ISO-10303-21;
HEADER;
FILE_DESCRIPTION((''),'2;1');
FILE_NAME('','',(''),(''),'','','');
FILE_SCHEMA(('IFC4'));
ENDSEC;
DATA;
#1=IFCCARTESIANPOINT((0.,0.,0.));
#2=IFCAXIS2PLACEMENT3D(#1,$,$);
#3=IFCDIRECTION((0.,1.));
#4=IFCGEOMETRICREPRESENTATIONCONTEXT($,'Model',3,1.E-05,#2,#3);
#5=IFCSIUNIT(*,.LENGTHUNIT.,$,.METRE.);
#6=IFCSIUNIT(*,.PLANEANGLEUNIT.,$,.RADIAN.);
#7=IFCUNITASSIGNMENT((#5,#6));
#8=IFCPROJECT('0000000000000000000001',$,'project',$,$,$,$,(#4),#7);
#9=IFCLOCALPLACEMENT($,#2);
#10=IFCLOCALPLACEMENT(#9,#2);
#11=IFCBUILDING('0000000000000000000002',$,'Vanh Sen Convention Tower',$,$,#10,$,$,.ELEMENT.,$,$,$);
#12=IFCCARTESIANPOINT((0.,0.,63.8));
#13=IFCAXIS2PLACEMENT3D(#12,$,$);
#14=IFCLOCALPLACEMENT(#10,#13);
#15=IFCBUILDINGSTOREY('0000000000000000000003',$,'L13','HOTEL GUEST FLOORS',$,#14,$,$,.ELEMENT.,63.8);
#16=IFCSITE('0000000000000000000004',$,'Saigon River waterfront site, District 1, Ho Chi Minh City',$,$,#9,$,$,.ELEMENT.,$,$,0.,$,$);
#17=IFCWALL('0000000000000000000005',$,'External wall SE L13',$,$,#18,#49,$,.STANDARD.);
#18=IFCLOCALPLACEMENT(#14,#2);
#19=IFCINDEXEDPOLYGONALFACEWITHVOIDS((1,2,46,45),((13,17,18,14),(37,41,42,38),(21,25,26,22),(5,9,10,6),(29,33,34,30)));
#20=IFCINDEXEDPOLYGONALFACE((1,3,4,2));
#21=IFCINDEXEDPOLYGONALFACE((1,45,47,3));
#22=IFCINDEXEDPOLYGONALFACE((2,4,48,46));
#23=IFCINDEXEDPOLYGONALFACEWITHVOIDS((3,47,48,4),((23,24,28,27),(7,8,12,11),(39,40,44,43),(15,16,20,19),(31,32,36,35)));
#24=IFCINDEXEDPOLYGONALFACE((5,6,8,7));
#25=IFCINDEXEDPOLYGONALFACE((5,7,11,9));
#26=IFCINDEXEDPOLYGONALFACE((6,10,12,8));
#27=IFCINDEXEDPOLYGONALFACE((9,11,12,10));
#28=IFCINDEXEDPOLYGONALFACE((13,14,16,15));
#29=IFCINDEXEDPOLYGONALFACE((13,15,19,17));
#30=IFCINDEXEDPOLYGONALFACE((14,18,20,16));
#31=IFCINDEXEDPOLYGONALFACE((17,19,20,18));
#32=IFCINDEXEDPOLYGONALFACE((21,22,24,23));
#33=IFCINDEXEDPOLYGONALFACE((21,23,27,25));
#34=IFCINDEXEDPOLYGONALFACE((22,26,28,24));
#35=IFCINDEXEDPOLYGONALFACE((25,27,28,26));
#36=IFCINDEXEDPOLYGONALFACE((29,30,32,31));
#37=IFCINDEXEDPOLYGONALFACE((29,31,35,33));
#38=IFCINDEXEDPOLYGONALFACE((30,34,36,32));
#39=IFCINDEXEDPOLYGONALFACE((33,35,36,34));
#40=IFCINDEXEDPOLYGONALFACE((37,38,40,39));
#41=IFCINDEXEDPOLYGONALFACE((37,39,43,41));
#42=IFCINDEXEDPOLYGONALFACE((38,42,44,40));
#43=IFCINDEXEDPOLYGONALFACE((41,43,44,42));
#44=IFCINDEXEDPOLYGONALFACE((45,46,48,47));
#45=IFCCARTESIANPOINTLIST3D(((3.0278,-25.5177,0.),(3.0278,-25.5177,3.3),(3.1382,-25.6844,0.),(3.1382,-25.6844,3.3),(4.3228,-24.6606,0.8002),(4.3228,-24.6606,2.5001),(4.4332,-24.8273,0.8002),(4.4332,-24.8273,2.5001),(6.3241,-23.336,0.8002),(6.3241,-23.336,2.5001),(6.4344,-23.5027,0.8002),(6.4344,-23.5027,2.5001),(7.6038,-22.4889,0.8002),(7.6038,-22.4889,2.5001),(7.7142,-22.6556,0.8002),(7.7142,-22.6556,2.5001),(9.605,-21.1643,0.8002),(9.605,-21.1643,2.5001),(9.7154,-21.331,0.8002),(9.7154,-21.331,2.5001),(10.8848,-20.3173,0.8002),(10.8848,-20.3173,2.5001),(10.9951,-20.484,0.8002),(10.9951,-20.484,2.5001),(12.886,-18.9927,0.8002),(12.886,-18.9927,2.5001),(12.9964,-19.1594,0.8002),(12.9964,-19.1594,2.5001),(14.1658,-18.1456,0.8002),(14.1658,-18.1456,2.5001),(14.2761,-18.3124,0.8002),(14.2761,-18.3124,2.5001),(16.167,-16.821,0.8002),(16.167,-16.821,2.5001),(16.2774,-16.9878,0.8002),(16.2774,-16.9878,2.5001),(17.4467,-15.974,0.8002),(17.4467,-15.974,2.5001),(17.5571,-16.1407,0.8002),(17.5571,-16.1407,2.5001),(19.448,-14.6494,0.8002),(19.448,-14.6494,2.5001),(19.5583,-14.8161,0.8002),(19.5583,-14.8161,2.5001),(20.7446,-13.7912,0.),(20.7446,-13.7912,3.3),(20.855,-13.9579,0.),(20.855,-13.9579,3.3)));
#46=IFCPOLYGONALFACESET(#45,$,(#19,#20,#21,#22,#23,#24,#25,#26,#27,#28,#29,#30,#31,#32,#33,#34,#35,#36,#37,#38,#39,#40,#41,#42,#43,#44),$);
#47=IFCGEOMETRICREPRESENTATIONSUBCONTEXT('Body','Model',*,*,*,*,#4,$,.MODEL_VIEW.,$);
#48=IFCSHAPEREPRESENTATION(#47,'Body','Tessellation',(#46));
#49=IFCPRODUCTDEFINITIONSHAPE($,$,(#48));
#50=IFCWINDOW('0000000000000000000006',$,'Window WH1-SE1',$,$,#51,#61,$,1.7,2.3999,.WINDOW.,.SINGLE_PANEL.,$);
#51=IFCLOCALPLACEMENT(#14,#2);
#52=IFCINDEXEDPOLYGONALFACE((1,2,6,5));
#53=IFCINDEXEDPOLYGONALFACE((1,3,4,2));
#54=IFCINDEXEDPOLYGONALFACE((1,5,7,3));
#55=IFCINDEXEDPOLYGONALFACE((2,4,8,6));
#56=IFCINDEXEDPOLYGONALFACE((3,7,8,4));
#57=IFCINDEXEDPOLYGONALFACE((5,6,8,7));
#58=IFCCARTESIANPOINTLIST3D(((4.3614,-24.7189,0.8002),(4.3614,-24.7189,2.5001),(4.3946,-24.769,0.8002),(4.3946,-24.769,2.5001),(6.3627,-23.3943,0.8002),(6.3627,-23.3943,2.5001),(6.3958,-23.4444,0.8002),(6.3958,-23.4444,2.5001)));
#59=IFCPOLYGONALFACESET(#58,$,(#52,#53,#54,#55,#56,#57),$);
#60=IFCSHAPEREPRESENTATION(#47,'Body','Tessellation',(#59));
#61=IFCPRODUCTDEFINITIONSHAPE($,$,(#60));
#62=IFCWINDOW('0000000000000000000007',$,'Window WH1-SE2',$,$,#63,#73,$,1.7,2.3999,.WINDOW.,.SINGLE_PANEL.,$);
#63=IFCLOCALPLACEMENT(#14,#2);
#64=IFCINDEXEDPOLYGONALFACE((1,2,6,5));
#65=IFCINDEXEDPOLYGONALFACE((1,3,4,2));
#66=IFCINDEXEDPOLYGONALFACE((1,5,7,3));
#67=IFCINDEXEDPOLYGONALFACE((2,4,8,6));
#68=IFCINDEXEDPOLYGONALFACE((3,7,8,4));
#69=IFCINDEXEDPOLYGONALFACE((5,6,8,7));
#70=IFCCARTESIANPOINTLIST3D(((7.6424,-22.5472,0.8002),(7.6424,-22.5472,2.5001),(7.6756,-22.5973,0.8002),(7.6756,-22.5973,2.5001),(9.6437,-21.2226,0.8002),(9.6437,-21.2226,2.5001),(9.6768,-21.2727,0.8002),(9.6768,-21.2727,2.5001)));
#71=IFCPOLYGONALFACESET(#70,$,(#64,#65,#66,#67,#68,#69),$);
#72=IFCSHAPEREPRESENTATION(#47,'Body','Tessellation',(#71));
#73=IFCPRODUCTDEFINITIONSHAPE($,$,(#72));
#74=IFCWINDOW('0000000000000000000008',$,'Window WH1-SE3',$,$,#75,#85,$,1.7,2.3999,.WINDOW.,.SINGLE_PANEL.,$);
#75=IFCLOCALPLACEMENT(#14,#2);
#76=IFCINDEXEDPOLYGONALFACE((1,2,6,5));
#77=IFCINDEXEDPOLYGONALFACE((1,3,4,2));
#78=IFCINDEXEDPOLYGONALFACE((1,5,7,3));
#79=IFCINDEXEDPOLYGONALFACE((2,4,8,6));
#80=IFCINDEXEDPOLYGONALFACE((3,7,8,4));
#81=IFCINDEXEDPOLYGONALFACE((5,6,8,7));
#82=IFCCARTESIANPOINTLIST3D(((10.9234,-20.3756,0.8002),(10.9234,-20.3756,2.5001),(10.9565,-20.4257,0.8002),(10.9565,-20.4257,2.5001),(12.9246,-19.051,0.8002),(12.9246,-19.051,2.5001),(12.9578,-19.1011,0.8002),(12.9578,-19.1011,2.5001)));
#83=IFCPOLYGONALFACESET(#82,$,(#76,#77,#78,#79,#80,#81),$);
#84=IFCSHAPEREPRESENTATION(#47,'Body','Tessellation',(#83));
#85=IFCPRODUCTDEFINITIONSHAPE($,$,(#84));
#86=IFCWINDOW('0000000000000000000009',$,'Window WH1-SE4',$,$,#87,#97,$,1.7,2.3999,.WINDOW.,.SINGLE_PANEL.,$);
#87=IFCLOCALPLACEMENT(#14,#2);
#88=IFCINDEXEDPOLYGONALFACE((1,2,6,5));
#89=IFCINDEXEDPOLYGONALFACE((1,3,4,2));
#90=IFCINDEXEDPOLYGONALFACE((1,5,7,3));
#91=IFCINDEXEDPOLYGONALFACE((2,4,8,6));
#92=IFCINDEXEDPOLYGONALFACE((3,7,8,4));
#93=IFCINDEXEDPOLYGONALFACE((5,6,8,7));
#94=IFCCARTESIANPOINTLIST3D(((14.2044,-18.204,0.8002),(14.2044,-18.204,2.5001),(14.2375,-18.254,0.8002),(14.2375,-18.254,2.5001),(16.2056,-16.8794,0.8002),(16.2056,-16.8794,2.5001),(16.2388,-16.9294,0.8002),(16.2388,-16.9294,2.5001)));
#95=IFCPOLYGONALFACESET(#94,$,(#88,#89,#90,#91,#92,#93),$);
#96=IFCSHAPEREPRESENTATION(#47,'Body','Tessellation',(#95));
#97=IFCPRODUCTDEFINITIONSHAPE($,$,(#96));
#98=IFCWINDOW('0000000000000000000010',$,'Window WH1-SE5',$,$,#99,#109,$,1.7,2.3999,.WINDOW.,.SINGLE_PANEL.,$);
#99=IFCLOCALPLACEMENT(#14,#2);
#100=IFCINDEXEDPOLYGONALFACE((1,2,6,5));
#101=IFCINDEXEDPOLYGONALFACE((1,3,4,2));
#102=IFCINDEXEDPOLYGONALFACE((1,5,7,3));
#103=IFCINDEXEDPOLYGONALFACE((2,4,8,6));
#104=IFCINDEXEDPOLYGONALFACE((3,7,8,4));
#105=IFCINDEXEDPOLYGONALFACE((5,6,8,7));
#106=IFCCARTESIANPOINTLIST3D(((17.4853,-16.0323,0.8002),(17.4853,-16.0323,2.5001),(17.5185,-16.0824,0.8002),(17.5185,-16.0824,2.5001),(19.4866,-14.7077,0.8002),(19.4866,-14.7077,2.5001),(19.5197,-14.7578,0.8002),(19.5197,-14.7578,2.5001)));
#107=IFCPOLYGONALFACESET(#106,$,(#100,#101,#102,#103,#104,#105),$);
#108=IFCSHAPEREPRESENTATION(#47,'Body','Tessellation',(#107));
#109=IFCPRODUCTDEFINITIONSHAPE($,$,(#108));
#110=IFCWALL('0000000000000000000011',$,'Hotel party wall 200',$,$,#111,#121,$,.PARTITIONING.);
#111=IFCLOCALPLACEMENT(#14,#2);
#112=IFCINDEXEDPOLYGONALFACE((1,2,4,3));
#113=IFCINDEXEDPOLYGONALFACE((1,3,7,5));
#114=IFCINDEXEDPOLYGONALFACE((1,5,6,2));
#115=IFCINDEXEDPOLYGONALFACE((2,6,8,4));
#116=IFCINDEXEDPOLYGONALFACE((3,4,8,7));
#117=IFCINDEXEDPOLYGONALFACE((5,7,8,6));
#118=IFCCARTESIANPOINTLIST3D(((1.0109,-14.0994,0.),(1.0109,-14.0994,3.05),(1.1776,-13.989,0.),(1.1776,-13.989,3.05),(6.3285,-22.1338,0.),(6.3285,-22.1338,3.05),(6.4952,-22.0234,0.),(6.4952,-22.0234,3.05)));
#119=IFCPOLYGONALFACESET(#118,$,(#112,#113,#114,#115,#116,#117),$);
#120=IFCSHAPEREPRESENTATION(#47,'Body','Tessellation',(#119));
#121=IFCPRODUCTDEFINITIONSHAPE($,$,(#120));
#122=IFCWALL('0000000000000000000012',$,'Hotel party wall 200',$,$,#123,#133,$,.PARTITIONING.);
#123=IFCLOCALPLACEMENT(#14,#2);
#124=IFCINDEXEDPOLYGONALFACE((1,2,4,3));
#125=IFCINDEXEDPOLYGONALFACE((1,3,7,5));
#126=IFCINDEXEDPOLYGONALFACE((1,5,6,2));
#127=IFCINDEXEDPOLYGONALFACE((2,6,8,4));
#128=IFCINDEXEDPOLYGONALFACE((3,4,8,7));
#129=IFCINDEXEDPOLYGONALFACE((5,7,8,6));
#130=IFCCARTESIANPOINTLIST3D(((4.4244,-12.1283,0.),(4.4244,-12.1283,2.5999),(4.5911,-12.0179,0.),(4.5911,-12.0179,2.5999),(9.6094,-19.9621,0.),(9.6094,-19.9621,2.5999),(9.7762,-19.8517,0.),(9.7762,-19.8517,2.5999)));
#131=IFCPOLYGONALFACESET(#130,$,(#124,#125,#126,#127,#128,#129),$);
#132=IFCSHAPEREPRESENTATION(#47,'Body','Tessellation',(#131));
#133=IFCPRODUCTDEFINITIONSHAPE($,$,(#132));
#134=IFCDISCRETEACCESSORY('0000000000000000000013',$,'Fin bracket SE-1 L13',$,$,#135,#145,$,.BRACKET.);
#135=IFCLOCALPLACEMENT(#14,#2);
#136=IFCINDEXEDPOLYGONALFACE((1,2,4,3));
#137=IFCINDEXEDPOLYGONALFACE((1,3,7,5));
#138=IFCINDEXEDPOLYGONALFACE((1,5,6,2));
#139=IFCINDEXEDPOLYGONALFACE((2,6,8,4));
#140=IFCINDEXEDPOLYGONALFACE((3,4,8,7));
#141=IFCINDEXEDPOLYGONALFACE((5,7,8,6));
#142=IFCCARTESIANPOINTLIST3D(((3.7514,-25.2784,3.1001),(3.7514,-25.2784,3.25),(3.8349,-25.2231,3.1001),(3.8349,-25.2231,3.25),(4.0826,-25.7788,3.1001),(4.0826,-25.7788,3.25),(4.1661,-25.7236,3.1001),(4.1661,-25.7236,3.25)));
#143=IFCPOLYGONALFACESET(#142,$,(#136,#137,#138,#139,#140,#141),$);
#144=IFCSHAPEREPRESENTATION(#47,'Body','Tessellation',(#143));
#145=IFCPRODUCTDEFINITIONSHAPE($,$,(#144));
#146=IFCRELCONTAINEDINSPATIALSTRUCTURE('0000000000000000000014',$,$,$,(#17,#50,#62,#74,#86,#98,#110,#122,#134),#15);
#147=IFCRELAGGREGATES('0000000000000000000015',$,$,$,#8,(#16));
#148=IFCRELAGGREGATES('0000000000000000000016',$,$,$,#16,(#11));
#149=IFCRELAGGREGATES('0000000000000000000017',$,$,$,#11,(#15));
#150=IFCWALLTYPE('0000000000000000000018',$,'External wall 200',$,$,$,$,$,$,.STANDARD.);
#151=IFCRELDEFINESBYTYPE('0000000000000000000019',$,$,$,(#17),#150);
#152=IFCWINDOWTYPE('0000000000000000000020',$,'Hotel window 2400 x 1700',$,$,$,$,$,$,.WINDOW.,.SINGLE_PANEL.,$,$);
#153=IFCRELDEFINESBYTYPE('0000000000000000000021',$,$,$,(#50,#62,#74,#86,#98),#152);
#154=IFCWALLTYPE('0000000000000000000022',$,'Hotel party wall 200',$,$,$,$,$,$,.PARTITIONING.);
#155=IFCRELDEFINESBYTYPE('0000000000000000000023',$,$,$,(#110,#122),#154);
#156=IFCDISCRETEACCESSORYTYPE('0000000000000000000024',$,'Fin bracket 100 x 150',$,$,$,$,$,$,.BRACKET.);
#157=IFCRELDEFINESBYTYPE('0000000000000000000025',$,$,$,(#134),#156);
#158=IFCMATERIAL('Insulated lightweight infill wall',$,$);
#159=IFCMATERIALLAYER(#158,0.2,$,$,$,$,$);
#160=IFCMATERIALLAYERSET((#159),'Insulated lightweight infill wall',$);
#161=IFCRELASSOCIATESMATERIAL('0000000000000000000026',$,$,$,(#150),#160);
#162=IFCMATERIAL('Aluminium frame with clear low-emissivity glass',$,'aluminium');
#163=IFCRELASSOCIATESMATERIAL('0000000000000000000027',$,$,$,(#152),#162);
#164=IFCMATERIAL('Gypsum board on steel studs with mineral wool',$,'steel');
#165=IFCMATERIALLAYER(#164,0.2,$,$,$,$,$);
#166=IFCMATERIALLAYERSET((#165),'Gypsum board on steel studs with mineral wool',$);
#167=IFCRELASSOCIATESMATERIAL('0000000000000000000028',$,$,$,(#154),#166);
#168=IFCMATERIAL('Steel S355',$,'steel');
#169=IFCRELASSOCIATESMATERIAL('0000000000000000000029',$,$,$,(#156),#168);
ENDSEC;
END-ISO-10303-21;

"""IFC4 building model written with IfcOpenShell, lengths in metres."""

from ifc_helpers import new_model, si_unit, direction, frame, frame_2d, origin, origin_2d, place, context, subcontext, project, spatial, rectangle, extrude, material, layer, layer_set, type_object, element, fill, save


model = new_model("IFC4")

# Units and contexts
model_context = context("Model", 3, precision=1e-05, world=origin(), true_north=direction((0.0, 1.0)))
body_context = subcontext(model_context, "Body", "Model", "MODEL_VIEW")
ifc_project = project(units=[si_unit("LENGTHUNIT", "METRE"), si_unit("PLANEANGLEUNIT", "RADIAN")], contexts=[model_context])

# Site, building, storey
site_placement = place(None, origin())
site = spatial("IfcSite", under=ifc_project, at=site_placement, Name="Saigon River waterfront site, District 1, Ho Chi Minh City", CompositionType="ELEMENT", RefElevation=0.0)
building_placement = place(site_placement, origin())
building = spatial("IfcBuilding", under=site, at=building_placement, Name="Vanh Sen Convention Tower", CompositionType="ELEMENT")
storey_placement = place(building_placement, frame((0.0, 0.0, 63.8)))
storey = spatial("IfcBuildingStorey", under=building, at=storey_placement, Name="L13", Description="HOTEL GUEST FLOORS", CompositionType="ELEMENT", Elevation=63.8)

# Shared definitions
ifc_material_1 = material(Name="Gypsum board on steel studs with mineral wool", Category="steel")

# Wall, openings, windows
ifc_material_2 = material(Name="Insulated lightweight infill wall")
ifc_layer_1 = layer(ifc_material_2, 0.2)
ifc_layer_set_1 = layer_set([ifc_layer_1], Name="Insulated lightweight infill wall")
wall_type_1 = type_object("IfcWallType", Name="External wall 200", PredefinedType="STANDARD", material=ifc_layer_set_1)
wall_1_placement = place(storey_placement, frame((3.083, -25.6011, 0.0), z_axis=(0.0, 0.0, 1.0), x_axis=(0.833884, 0.551939, 0.0)))
wall_1 = element("IfcWall", 1, at=wall_1_placement, inside=storey, type_object=wall_type_1, Name="External wall SE L13", PredefinedType="STANDARD", context=body_context, shape_type="SweptSolid", body=[
    extrude(rectangle(XDim=21.2461, YDim=0.2, at=frame_2d((10.623, 0.0))), origin(), (0.0, 0.0, 1.0), 3.3),
])
opening_1_placement = place(wall_1_placement, frame((1.553, 0.0, 0.8)))
opening_1 = element("IfcOpeningElement", 2, at=opening_1_placement, cuts=wall_1, PredefinedType="OPENING", context=body_context, shape_type="SweptSolid", body=[
    extrude(rectangle(XDim=2.3999, YDim=1.7, at=frame_2d((1.2, 0.8501))), frame((0.0, 0.1099, 0.0), z_axis=(0.0, -1.0, 0.0), x_axis=(1.0, 0.0, 0.0)), (0.0, 0.0, 1.0), 0.22),
])
opening_2_placement = place(wall_1_placement, frame((5.4875, 0.0, 0.8)))
opening_2 = element("IfcOpeningElement", 3, at=opening_2_placement, cuts=wall_1, PredefinedType="OPENING", context=body_context, shape_type="SweptSolid", body=[
    extrude(rectangle(XDim=2.3999, YDim=1.7, at=frame_2d((1.2, 0.8501))), frame((0.0, 0.1099, 0.0), z_axis=(0.0, -1.0, 0.0), x_axis=(1.0, 0.0, 0.0)), (0.0, 0.0, 1.0), 0.22),
])
opening_3_placement = place(wall_1_placement, frame((9.4221, 0.0, 0.8)))
opening_3 = element("IfcOpeningElement", 4, at=opening_3_placement, cuts=wall_1, PredefinedType="OPENING", context=body_context, shape_type="SweptSolid", body=[
    extrude(rectangle(XDim=2.3999, YDim=1.7, at=frame_2d((1.2, 0.8501))), frame((0.0, 0.1099, 0.0), z_axis=(0.0, -1.0, 0.0), x_axis=(1.0, 0.0, 0.0)), (0.0, 0.0, 1.0), 0.22),
])
opening_4_placement = place(wall_1_placement, frame((13.3567, 0.0, 0.8)))
opening_4 = element("IfcOpeningElement", 5, at=opening_4_placement, cuts=wall_1, PredefinedType="OPENING", context=body_context, shape_type="SweptSolid", body=[
    extrude(rectangle(XDim=2.3999, YDim=1.7, at=frame_2d((1.2, 0.8501))), frame((0.0, 0.1099, 0.0), z_axis=(0.0, -1.0, 0.0), x_axis=(1.0, 0.0, 0.0)), (0.0, 0.0, 1.0), 0.22),
])
opening_5_placement = place(wall_1_placement, frame((17.2913, 0.0, 0.8)))
opening_5 = element("IfcOpeningElement", 6, at=opening_5_placement, cuts=wall_1, PredefinedType="OPENING", context=body_context, shape_type="SweptSolid", body=[
    extrude(rectangle(XDim=2.3999, YDim=1.7, at=frame_2d((1.2, 0.8501))), frame((0.0, 0.1099, 0.0), z_axis=(0.0, -1.0, 0.0), x_axis=(1.0, 0.0, 0.0)), (0.0, 0.0, 1.0), 0.22),
])
ifc_material_3 = material(Name="Aluminium frame with clear low-emissivity glass", Category="aluminium")
window_type = type_object("IfcWindowType", Name="Hotel window 2400 x 1700", PartitioningType="SINGLE_PANEL", PredefinedType="WINDOW", material=ifc_material_3)
window_1_placement = place(opening_1_placement, origin())
window_1 = element("IfcWindow", 7, at=window_1_placement, inside=storey, type_object=window_type, Name="Window WH1-SE1", OverallHeight=1.7, OverallWidth=2.3999, PartitioningType="SINGLE_PANEL", PredefinedType="WINDOW", context=body_context, shape_type="SweptSolid", body=[
    extrude(rectangle(XDim=2.3999, YDim=1.7, at=frame_2d((1.2, 0.8501))), frame((0.0, 0.03, 0.0), z_axis=(0.0, -1.0, 0.0), x_axis=(1.0, 0.0, 0.0)), (0.0, 0.0, 1.0), 0.0601),
])
fill(opening_1, window_1)
window_2_placement = place(opening_2_placement, origin())
window_2 = element("IfcWindow", 8, at=window_2_placement, inside=storey, type_object=window_type, Name="Window WH1-SE2", OverallHeight=1.7, OverallWidth=2.3999, PartitioningType="SINGLE_PANEL", PredefinedType="WINDOW", context=body_context, shape_type="SweptSolid", body=[
    extrude(rectangle(XDim=2.3999, YDim=1.7, at=frame_2d((1.2, 0.8501))), frame((0.0, 0.03, 0.0), z_axis=(0.0, -1.0, 0.0), x_axis=(1.0, 0.0, 0.0)), (0.0, 0.0, 1.0), 0.0601),
])
fill(opening_2, window_2)
window_3_placement = place(opening_3_placement, origin())
window_3 = element("IfcWindow", 9, at=window_3_placement, inside=storey, type_object=window_type, Name="Window WH1-SE3", OverallHeight=1.7, OverallWidth=2.3999, PartitioningType="SINGLE_PANEL", PredefinedType="WINDOW", context=body_context, shape_type="SweptSolid", body=[
    extrude(rectangle(XDim=2.3999, YDim=1.7, at=frame_2d((1.2, 0.8501))), frame((0.0, 0.03, 0.0), z_axis=(0.0, -1.0, 0.0), x_axis=(1.0, 0.0, 0.0)), (0.0, 0.0, 1.0), 0.0601),
])
fill(opening_3, window_3)
window_4_placement = place(opening_4_placement, origin())
window_4 = element("IfcWindow", 10, at=window_4_placement, inside=storey, type_object=window_type, Name="Window WH1-SE4", OverallHeight=1.7, OverallWidth=2.3999, PartitioningType="SINGLE_PANEL", PredefinedType="WINDOW", context=body_context, shape_type="SweptSolid", body=[
    extrude(rectangle(XDim=2.3999, YDim=1.7, at=frame_2d((1.2, 0.8501))), frame((0.0, 0.03, 0.0), z_axis=(0.0, -1.0, 0.0), x_axis=(1.0, 0.0, 0.0)), (0.0, 0.0, 1.0), 0.0601),
])
fill(opening_4, window_4)
window_5_placement = place(opening_5_placement, origin())
window_5 = element("IfcWindow", 11, at=window_5_placement, inside=storey, type_object=window_type, Name="Window WH1-SE5", OverallHeight=1.7, OverallWidth=2.3999, PartitioningType="SINGLE_PANEL", PredefinedType="WINDOW", context=body_context, shape_type="SweptSolid", body=[
    extrude(rectangle(XDim=2.3999, YDim=1.7, at=frame_2d((1.2, 0.8501))), frame((0.0, 0.03, 0.0), z_axis=(0.0, -1.0, 0.0), x_axis=(1.0, 0.0, 0.0)), (0.0, 0.0, 1.0), 0.0601),
])
fill(opening_5, window_5)

# Walls
ifc_layer_2 = layer(ifc_material_1, 0.2)
ifc_layer_set_2 = layer_set([ifc_layer_2], Name="Gypsum board on steel studs with mineral wool")
wall_type_2 = type_object("IfcWallType", Name="Hotel party wall 200", PredefinedType="PARTITIONING", material=ifc_layer_set_2)
wall_2_placement = place(storey_placement, frame((6.4119, -22.0786, 0.0), z_axis=(0.0, 0.0, 1.0), x_axis=(-0.55192, 0.833897, 0.0)))
element("IfcWall", 12, at=wall_2_placement, inside=storey, type_object=wall_type_2, Name="Hotel party wall 200", PredefinedType="PARTITIONING", context=body_context, shape_type="SweptSolid", body=[
    extrude(rectangle(XDim=9.6348, YDim=0.2, at=frame_2d((4.8174, 0.0))), origin(), (0.0, 0.0, 1.0), 3.05),
])
wall_3_placement = place(storey_placement, frame((9.6929, -19.907, 0.0), z_axis=(0.0, 0.0, 1.0), x_axis=(-0.551938, 0.833885, 0.0)))
element("IfcWall", 13, at=wall_3_placement, inside=storey, type_object=wall_type_2, Name="Hotel party wall 200", PredefinedType="PARTITIONING", context=body_context, shape_type="SweptSolid", body=[
    extrude(rectangle(XDim=9.3943, YDim=0.2, at=frame_2d((4.6973, 0.0))), origin(), (0.0, 0.0, 1.0), 2.5999),
])

# Discrete accessory
ifc_material_4 = material(Name="Steel S355", Category="steel")
discrete_accessory_type = type_object("IfcDiscreteAccessoryType", Name="Fin bracket 100 x 150", PredefinedType="BRACKET", material=ifc_material_4)
discrete_accessory_placement = place(storey_placement, frame((3.9587, -25.501, 3.1001), z_axis=(0.0, 0.0, 1.0), x_axis=(0.551937, -0.833886, 0.0)))
element("IfcDiscreteAccessory", 14, at=discrete_accessory_placement, inside=storey, type_object=discrete_accessory_type, Name="Fin bracket SE-1 L13", PredefinedType="BRACKET", context=body_context, shape_type="SweptSolid", body=[
    extrude(rectangle(XDim=0.6001, YDim=0.1001, at=origin_2d()), origin(), (0.0, 0.0, 1.0), 0.1499),
])

save(model, "model.ifc")
